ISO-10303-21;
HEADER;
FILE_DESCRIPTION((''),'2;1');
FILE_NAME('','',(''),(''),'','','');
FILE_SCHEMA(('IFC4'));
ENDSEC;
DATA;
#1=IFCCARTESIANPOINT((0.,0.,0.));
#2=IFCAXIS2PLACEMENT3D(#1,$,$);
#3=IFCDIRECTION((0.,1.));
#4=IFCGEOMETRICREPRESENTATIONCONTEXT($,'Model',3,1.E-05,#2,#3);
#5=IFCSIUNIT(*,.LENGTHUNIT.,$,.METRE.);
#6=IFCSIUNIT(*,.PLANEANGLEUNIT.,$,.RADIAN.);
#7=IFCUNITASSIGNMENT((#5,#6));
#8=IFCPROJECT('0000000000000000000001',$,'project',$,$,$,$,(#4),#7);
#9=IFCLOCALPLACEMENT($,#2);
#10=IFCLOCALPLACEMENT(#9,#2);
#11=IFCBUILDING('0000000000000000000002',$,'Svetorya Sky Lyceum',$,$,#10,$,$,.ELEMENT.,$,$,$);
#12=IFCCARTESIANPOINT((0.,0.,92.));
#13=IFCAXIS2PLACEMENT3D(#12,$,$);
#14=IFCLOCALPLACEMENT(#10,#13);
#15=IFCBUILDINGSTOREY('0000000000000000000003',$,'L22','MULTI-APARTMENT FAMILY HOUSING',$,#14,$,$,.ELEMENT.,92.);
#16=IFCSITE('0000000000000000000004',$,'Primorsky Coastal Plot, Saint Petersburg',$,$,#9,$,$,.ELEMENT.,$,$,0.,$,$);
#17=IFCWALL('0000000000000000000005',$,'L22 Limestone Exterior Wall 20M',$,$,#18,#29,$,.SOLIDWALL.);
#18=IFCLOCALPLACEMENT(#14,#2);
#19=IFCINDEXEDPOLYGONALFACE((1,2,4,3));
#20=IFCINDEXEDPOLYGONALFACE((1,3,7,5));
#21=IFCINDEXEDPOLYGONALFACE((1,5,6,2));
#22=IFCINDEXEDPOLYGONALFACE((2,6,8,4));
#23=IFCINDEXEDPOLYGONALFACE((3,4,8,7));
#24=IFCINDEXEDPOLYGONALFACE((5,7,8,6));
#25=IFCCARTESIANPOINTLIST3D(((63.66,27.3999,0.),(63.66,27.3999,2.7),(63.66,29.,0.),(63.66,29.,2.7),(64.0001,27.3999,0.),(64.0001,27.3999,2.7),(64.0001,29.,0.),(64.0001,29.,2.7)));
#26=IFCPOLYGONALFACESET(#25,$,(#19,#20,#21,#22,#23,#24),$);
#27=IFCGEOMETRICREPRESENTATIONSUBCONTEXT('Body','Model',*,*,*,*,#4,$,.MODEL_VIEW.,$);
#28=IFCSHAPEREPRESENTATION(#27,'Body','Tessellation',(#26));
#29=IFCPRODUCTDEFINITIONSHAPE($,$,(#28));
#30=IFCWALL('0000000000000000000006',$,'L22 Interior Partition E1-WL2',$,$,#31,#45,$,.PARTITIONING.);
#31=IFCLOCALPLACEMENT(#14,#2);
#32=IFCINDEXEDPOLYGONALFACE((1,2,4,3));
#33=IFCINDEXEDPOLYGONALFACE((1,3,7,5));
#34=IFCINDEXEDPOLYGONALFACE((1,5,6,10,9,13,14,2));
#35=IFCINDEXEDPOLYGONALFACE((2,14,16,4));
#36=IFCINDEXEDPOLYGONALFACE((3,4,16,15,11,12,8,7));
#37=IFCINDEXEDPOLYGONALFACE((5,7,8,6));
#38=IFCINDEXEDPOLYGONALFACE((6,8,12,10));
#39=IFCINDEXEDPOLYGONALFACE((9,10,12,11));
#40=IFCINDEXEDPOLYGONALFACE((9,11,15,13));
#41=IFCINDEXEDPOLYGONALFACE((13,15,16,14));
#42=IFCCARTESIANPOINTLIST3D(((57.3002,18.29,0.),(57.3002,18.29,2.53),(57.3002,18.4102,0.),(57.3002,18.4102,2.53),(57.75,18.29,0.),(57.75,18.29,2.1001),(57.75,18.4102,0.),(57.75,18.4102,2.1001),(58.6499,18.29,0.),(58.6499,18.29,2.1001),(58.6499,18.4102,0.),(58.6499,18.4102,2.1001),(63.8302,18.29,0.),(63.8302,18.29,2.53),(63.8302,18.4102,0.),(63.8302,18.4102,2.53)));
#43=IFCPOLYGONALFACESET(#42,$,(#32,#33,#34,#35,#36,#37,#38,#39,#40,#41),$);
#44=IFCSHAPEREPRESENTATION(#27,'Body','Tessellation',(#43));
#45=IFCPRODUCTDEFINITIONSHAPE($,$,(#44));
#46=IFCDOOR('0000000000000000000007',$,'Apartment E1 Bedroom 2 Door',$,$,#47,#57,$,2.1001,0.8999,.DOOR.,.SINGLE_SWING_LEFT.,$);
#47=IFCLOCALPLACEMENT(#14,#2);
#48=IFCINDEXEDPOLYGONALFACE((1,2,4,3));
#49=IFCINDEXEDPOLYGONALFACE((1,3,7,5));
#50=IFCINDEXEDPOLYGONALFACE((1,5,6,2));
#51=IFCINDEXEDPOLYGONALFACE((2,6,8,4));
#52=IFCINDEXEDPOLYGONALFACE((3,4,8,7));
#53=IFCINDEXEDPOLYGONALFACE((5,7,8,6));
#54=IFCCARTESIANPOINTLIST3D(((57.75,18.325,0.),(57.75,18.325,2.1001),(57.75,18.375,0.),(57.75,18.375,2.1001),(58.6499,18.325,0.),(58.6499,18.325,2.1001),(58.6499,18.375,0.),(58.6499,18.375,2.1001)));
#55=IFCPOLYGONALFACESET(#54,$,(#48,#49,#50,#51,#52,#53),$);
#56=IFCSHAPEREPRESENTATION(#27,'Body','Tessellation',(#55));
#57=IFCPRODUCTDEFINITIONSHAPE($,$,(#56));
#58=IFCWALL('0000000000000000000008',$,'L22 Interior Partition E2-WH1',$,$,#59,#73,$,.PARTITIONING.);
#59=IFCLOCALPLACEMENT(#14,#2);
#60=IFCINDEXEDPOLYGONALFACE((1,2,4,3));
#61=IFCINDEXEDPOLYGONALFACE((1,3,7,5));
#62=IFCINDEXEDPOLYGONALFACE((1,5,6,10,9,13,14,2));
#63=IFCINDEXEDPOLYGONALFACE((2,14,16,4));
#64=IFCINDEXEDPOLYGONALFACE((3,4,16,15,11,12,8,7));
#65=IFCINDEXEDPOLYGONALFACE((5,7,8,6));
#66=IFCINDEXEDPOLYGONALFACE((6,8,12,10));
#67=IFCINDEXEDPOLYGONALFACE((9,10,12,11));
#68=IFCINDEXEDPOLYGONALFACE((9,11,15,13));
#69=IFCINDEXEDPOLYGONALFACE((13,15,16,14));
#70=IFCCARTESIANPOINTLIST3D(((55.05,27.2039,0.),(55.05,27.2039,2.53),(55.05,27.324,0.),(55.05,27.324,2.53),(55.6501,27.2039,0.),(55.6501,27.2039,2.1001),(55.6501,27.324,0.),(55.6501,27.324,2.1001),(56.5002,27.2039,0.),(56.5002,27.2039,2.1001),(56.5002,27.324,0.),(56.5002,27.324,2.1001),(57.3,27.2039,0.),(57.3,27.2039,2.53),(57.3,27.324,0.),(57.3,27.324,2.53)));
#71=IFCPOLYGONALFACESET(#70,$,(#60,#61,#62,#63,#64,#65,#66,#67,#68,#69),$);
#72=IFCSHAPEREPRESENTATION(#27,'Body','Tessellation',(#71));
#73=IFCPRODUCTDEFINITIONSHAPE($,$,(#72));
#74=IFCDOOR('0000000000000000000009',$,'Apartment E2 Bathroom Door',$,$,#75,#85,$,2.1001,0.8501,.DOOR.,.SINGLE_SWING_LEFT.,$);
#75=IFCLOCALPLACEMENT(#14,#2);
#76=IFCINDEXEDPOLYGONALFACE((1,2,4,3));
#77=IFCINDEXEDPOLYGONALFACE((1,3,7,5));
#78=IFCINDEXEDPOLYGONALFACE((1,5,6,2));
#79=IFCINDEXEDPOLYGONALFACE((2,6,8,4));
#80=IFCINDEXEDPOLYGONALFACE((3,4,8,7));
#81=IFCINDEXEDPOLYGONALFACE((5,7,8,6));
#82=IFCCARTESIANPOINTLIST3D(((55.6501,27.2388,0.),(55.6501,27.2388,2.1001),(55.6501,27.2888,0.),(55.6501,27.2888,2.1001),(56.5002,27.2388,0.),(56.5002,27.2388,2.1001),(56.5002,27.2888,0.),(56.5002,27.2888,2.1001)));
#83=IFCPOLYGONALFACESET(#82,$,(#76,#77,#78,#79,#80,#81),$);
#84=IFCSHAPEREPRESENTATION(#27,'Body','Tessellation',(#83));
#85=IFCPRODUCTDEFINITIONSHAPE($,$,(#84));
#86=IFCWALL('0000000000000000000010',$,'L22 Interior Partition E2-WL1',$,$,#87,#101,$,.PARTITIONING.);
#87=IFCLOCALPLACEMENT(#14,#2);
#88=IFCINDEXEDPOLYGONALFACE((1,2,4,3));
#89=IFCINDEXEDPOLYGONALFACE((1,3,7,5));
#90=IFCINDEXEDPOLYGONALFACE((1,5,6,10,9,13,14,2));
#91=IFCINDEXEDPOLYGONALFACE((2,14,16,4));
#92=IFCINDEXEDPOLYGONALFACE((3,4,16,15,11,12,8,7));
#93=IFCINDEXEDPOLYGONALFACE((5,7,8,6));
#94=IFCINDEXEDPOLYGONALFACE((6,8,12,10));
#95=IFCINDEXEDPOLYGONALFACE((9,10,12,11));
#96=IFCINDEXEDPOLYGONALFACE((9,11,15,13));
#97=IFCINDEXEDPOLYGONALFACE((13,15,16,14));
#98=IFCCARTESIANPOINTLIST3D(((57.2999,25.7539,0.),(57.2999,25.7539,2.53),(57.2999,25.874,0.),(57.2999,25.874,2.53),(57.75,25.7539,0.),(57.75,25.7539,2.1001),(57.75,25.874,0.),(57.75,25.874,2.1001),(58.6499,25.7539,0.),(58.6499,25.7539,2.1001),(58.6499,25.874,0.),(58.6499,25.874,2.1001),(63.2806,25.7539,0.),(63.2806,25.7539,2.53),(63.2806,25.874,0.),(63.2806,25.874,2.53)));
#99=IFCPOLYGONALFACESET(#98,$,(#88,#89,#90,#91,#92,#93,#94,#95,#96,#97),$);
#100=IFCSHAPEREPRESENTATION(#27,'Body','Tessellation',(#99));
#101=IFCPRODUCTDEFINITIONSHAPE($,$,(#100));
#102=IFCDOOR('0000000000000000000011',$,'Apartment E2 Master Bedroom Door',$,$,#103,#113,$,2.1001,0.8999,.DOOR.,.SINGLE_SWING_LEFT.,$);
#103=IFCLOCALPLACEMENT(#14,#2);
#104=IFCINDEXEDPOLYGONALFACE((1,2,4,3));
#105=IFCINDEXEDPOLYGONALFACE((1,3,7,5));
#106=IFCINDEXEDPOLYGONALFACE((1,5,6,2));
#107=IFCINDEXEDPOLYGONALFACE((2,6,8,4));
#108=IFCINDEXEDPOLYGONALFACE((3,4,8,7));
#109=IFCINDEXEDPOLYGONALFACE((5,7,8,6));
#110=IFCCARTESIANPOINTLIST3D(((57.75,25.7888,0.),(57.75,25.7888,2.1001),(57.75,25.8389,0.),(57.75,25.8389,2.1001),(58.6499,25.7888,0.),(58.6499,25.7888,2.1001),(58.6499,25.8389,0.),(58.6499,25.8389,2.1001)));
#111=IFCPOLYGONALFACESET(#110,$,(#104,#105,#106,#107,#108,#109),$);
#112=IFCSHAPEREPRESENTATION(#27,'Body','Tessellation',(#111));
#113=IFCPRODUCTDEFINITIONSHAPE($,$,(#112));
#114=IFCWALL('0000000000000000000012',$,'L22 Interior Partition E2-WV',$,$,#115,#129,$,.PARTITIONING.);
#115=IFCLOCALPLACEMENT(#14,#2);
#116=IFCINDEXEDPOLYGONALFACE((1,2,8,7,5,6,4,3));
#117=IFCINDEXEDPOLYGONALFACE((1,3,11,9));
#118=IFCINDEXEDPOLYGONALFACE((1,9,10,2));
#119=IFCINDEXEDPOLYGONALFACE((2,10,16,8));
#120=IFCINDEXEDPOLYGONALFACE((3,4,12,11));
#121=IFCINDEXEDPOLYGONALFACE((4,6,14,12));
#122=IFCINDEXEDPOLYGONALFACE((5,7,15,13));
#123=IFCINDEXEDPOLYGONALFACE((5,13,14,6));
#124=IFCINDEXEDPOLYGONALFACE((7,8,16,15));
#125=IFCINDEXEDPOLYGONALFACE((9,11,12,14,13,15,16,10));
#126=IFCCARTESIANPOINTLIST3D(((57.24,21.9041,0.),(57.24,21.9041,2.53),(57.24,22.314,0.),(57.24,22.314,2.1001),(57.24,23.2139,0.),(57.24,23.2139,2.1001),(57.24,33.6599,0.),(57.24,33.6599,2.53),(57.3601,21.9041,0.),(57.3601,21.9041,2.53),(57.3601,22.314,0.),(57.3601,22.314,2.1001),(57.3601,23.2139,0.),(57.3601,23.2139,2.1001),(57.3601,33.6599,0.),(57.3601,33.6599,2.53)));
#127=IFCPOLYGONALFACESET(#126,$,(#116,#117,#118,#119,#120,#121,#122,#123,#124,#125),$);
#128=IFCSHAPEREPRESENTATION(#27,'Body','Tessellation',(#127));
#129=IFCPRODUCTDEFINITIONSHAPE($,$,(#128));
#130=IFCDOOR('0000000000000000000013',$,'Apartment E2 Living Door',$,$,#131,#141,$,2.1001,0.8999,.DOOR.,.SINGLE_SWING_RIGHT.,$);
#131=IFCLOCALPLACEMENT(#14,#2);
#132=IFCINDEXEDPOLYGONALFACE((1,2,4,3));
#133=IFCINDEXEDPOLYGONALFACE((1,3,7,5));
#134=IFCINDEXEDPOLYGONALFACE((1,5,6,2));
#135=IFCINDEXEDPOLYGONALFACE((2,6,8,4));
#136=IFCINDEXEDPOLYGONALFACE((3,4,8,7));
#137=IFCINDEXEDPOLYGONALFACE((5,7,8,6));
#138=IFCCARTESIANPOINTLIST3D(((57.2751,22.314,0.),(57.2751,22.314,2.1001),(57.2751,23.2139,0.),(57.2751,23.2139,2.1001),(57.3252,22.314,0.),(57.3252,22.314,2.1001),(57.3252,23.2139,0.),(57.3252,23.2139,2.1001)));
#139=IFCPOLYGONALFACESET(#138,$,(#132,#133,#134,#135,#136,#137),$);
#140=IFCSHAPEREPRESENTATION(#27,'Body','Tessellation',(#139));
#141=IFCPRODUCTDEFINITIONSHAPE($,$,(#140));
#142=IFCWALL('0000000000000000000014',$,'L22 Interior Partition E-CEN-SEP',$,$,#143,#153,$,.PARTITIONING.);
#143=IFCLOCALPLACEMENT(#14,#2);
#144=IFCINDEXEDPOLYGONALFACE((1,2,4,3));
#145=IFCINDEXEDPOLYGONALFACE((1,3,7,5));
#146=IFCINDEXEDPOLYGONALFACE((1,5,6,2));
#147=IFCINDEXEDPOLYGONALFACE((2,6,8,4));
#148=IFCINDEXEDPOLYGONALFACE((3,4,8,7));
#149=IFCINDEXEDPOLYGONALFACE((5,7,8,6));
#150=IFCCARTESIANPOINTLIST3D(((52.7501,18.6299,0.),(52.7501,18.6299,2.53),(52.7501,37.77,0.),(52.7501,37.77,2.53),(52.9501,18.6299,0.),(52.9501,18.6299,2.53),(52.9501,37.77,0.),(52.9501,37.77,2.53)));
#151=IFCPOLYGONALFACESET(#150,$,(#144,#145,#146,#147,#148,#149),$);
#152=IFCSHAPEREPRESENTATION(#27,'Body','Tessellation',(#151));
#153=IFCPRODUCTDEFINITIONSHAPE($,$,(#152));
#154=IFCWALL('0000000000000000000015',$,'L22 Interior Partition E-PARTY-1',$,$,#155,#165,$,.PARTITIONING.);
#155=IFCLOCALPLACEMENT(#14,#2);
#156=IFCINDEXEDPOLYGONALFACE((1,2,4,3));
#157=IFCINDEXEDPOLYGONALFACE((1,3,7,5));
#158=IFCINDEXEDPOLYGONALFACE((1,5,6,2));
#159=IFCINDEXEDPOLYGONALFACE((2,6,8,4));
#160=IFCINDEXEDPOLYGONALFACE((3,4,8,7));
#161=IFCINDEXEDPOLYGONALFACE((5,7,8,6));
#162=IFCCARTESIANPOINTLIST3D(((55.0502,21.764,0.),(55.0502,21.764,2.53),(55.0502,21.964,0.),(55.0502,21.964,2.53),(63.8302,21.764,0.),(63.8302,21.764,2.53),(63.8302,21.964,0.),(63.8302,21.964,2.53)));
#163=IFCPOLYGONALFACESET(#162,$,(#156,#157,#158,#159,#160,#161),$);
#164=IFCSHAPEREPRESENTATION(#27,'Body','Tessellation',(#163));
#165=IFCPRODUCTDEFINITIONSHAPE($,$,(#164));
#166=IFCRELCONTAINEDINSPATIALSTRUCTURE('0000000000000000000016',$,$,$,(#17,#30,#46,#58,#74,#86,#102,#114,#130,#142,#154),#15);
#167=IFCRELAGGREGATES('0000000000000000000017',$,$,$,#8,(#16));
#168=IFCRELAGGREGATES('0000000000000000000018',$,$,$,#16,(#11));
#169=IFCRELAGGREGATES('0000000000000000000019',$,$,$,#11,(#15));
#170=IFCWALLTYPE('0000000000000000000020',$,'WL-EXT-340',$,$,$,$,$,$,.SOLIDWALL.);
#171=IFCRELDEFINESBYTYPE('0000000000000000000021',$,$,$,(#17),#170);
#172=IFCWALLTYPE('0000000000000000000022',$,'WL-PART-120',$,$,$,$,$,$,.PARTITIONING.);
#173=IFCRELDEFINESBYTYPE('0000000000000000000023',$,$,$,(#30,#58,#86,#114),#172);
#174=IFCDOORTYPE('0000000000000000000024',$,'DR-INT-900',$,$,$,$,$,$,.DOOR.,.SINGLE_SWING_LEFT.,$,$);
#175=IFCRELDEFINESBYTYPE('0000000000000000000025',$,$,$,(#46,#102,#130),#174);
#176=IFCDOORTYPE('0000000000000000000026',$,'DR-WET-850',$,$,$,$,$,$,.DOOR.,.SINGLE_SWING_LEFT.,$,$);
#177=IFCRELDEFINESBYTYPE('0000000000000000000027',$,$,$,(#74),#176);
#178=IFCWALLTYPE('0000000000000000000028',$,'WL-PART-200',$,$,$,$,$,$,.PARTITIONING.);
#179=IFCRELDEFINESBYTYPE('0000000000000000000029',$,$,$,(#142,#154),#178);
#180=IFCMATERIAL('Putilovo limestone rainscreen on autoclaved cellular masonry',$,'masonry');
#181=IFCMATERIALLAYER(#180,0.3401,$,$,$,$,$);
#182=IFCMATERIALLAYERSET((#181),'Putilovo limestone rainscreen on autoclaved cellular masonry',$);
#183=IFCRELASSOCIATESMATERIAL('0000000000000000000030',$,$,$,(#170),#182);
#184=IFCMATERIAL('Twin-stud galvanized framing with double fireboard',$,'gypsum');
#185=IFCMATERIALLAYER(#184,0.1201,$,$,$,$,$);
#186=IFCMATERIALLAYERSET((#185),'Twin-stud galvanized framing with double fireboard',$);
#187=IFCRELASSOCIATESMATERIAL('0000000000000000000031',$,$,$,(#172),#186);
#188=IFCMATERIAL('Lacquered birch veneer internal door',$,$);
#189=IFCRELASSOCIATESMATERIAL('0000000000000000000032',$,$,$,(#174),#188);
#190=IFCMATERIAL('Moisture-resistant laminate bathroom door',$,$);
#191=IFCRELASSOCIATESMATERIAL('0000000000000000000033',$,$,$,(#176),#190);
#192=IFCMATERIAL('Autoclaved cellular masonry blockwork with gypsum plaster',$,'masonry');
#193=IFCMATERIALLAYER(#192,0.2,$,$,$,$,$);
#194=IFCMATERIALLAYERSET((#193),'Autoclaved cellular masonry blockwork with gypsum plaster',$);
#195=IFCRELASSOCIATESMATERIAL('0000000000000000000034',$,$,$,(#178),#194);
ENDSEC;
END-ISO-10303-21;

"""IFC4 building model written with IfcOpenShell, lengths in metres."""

from ifc_helpers import new_model, si_unit, direction, frame, frame_2d, origin, place, context, subcontext, project, spatial, rectangle, extrude, material, layer, layer_set, type_object, element, fill, save


model = new_model("IFC4")

# Units and contexts
model_context = context("Model", 3, precision=1e-05, world=origin(), true_north=direction((0.0, 1.0)))
body_context = subcontext(model_context, "Body", "Model", "MODEL_VIEW")
ifc_project = project(units=[si_unit("LENGTHUNIT", "METRE"), si_unit("PLANEANGLEUNIT", "RADIAN")], contexts=[model_context])

# Site, building, storey
site_placement = place(None, origin())
site = spatial("IfcSite", under=ifc_project, at=site_placement, Name="Primorsky Coastal Plot, Saint Petersburg", CompositionType="ELEMENT", RefElevation=0.0)
building_placement = place(site_placement, origin())
building = spatial("IfcBuilding", under=site, at=building_placement, Name="Svetorya Sky Lyceum", CompositionType="ELEMENT")
storey_placement = place(building_placement, frame((0.0, 0.0, 92.0)))
storey = spatial("IfcBuildingStorey", under=building, at=storey_placement, Name="L22", Description="MULTI-APARTMENT FAMILY HOUSING", CompositionType="ELEMENT", Elevation=92.0)

# Shared definitions
ifc_material_1 = material(Name="Putilovo limestone rainscreen on autoclaved cellular masonry", Category="masonry")
ifc_layer_1 = layer(ifc_material_1, 0.3401)
ifc_layer_set_1 = layer_set([ifc_layer_1], Name="Putilovo limestone rainscreen on autoclaved cellular masonry")
wall_type_1 = type_object("IfcWallType", Name="WL-EXT-340", PredefinedType="SOLIDWALL", material=ifc_layer_set_1)

# Wall
wall_1_placement = place(storey_placement, frame((63.8301, 27.3999, 0.0), z_axis=(0.0, 0.0, 1.0), x_axis=(0.0, 1.0, 0.0)))
element("IfcWall", 1, at=wall_1_placement, inside=storey, type_object=wall_type_1, Name="L22 Limestone Exterior Wall 20M", PredefinedType="SOLIDWALL", context=body_context, shape_type="SweptSolid", body=[
    extrude(rectangle(XDim=1.6001, YDim=0.3401, at=frame_2d((0.8, 0.0))), origin(), (0.0, 0.0, 1.0), 2.7),
])

# Walls, openings, doors
ifc_material_2 = material(Name="Twin-stud galvanized framing with double fireboard", Category="gypsum")
ifc_layer_2 = layer(ifc_material_2, 0.1201)
ifc_layer_set_2 = layer_set([ifc_layer_2], Name="Twin-stud galvanized framing with double fireboard")
wall_type_2 = type_object("IfcWallType", Name="WL-PART-120", PredefinedType="PARTITIONING", material=ifc_layer_set_2)
wall_2_placement = place(storey_placement, frame((57.3, 18.3501, 0.0), z_axis=(0.0, 0.0, 1.0), x_axis=(1.0, 0.0, 0.0)))
wall_2 = element("IfcWall", 2, at=wall_2_placement, inside=storey, type_object=wall_type_2, Name="L22 Interior Partition E1-WL2", PredefinedType="PARTITIONING", context=body_context, shape_type="SweptSolid", body=[
    extrude(rectangle(XDim=6.53, YDim=0.1201, at=frame_2d((3.2651, 0.0))), origin(), (0.0, 0.0, 1.0), 2.53),
])
opening_1_placement = place(wall_2_placement, frame((0.45, 0.0, 0.0)))
opening_1 = element("IfcOpeningElement", 3, at=opening_1_placement, cuts=wall_2, PredefinedType="OPENING", context=body_context, shape_type="SweptSolid", body=[
    extrude(rectangle(XDim=0.8999, YDim=2.1001, at=frame_2d((0.45, 1.05))), frame((0.0, 0.0701, 0.0), z_axis=(0.0, -1.0, 0.0), x_axis=(1.0, 0.0, 0.0)), (0.0, 0.0, 1.0), 0.1401),
])
ifc_material_3 = material(Name="Lacquered birch veneer internal door")
door_type_1 = type_object("IfcDoorType", Name="DR-INT-900", OperationType="SINGLE_SWING_LEFT", PredefinedType="DOOR", material=ifc_material_3)
door_1_placement = place(opening_1_placement, origin())
door_1 = element("IfcDoor", 4, at=door_1_placement, inside=storey, type_object=door_type_1, Name="Apartment E1 Bedroom 2 Door", OperationType="SINGLE_SWING_LEFT", OverallHeight=2.1001, OverallWidth=0.8999, PredefinedType="DOOR", context=body_context, shape_type="SweptSolid", body=[
    extrude(rectangle(XDim=0.8999, YDim=2.1001, at=frame_2d((0.45, 1.05))), frame((0.0, 0.0249, 0.0), z_axis=(0.0, -1.0, 0.0), x_axis=(1.0, 0.0, 0.0)), (0.0, 0.0, 1.0), 0.05),
])
fill(opening_1, door_1)
wall_3_placement = place(storey_placement, frame((55.05, 27.2639, 0.0), z_axis=(0.0, 0.0, 1.0), x_axis=(1.0, 0.0, 0.0)))
wall_3 = element("IfcWall", 5, at=wall_3_placement, inside=storey, type_object=wall_type_2, Name="L22 Interior Partition E2-WH1", PredefinedType="PARTITIONING", context=body_context, shape_type="SweptSolid", body=[
    extrude(rectangle(XDim=2.25, YDim=0.1201, at=frame_2d((1.125, 0.0))), origin(), (0.0, 0.0, 1.0), 2.53),
])
opening_2_placement = place(wall_3_placement, frame((0.6001, 0.0, 0.0)))
opening_2 = element("IfcOpeningElement", 6, at=opening_2_placement, cuts=wall_3, PredefinedType="OPENING", context=body_context, shape_type="SweptSolid", body=[
    extrude(rectangle(XDim=0.8501, YDim=2.1001, at=frame_2d((0.425, 1.05))), frame((0.0, 0.0701, 0.0), z_axis=(0.0, -1.0, 0.0), x_axis=(1.0, 0.0, 0.0)), (0.0, 0.0, 1.0), 0.1401),
])
ifc_material_4 = material(Name="Moisture-resistant laminate bathroom door")
door_type_2 = type_object("IfcDoorType", Name="DR-WET-850", OperationType="SINGLE_SWING_LEFT", PredefinedType="DOOR", material=ifc_material_4)
door_2_placement = place(opening_2_placement, origin())
door_2 = element("IfcDoor", 7, at=door_2_placement, inside=storey, type_object=door_type_2, Name="Apartment E2 Bathroom Door", OperationType="SINGLE_SWING_LEFT", OverallHeight=2.1001, OverallWidth=0.8501, PredefinedType="DOOR", context=body_context, shape_type="SweptSolid", body=[
    extrude(rectangle(XDim=0.8501, YDim=2.1001, at=frame_2d((0.425, 1.05))), frame((0.0, 0.0249, 0.0), z_axis=(0.0, -1.0, 0.0), x_axis=(1.0, 0.0, 0.0)), (0.0, 0.0, 1.0), 0.05),
])
fill(opening_2, door_2)
wall_4_placement = place(storey_placement, frame((57.3, 25.814, 0.0), z_axis=(0.0, 0.0, 1.0), x_axis=(1.0, 0.0, 0.0)))
wall_4 = element("IfcWall", 8, at=wall_4_placement, inside=storey, type_object=wall_type_2, Name="L22 Interior Partition E2-WL1", PredefinedType="PARTITIONING", context=body_context, shape_type="SweptSolid", body=[
    extrude(rectangle(XDim=5.9807, YDim=0.1201, at=frame_2d((2.9902, 0.0))), origin(), (0.0, 0.0, 1.0), 2.53),
])
opening_3_placement = place(wall_4_placement, frame((0.45, 0.0, 0.0)))
opening_3 = element("IfcOpeningElement", 9, at=opening_3_placement, cuts=wall_4, PredefinedType="OPENING", context=body_context, shape_type="SweptSolid", body=[
    extrude(rectangle(XDim=0.8999, YDim=2.1001, at=frame_2d((0.45, 1.05))), frame((0.0, 0.0701, 0.0), z_axis=(0.0, -1.0, 0.0), x_axis=(1.0, 0.0, 0.0)), (0.0, 0.0, 1.0), 0.1401),
])
door_3_placement = place(opening_3_placement, origin())
door_3 = element("IfcDoor", 10, at=door_3_placement, inside=storey, type_object=door_type_1, Name="Apartment E2 Master Bedroom Door", OperationType="SINGLE_SWING_LEFT", OverallHeight=2.1001, OverallWidth=0.8999, PredefinedType="DOOR", context=body_context, shape_type="SweptSolid", body=[
    extrude(rectangle(XDim=0.8999, YDim=2.1001, at=frame_2d((0.45, 1.05))), frame((0.0, 0.0249, 0.0), z_axis=(0.0, -1.0, 0.0), x_axis=(1.0, 0.0, 0.0)), (0.0, 0.0, 1.0), 0.05),
])
fill(opening_3, door_3)
wall_5_placement = place(storey_placement, frame((57.3, 21.9041, 0.0), z_axis=(0.0, 0.0, 1.0), x_axis=(0.0, 1.0, 0.0)))
wall_5 = element("IfcWall", 11, at=wall_5_placement, inside=storey, type_object=wall_type_2, Name="L22 Interior Partition E2-WV", PredefinedType="PARTITIONING", context=body_context, shape_type="SweptSolid", body=[
    extrude(rectangle(XDim=11.7559, YDim=0.1201, at=frame_2d((5.8779, 0.0))), origin(), (0.0, 0.0, 1.0), 2.53),
])
opening_4_placement = place(wall_5_placement, frame((0.4099, 0.0, 0.0)))
opening_4 = element("IfcOpeningElement", 12, at=opening_4_placement, cuts=wall_5, PredefinedType="OPENING", context=body_context, shape_type="SweptSolid", body=[
    extrude(rectangle(XDim=0.8999, YDim=2.1001, at=frame_2d((0.45, 1.05))), frame((0.0, 0.0701, 0.0), z_axis=(0.0, -1.0, 0.0), x_axis=(1.0, 0.0, 0.0)), (0.0, 0.0, 1.0), 0.1401),
])
door_4_placement = place(opening_4_placement, origin())
door_4 = element("IfcDoor", 13, at=door_4_placement, inside=storey, type_object=door_type_1, Name="Apartment E2 Living Door", OperationType="SINGLE_SWING_RIGHT", OverallHeight=2.1001, OverallWidth=0.8999, PredefinedType="DOOR", context=body_context, shape_type="SweptSolid", body=[
    extrude(rectangle(XDim=0.8999, YDim=2.1001, at=frame_2d((0.45, 1.05))), frame((0.0, 0.0249, 0.0), z_axis=(0.0, -1.0, 0.0), x_axis=(1.0, 0.0, 0.0)), (0.0, 0.0, 1.0), 0.05),
])
fill(opening_4, door_4)

# Walls
ifc_material_5 = material(Name="Autoclaved cellular masonry blockwork with gypsum plaster", Category="masonry")
ifc_layer_3 = layer(ifc_material_5, 0.2)
ifc_layer_set_3 = layer_set([ifc_layer_3], Name="Autoclaved cellular masonry blockwork with gypsum plaster")
wall_type_3 = type_object("IfcWallType", Name="WL-PART-200", PredefinedType="PARTITIONING", material=ifc_layer_set_3)
wall_6_placement = place(storey_placement, frame((52.8501, 18.6299, 0.0), z_axis=(0.0, 0.0, 1.0), x_axis=(0.0, 1.0, 0.0)))
element("IfcWall", 14, at=wall_6_placement, inside=storey, type_object=wall_type_3, Name="L22 Interior Partition E-CEN-SEP", PredefinedType="PARTITIONING", context=body_context, shape_type="SweptSolid", body=[
    extrude(rectangle(XDim=19.1401, YDim=0.2, at=frame_2d((9.5701, 0.0))), origin(), (0.0, 0.0, 1.0), 2.53),
])
wall_7_placement = place(storey_placement, frame((55.05, 21.864, 0.0), z_axis=(0.0, 0.0, 1.0), x_axis=(1.0, 0.0, 0.0)))
element("IfcWall", 15, at=wall_7_placement, inside=storey, type_object=wall_type_3, Name="L22 Interior Partition E-PARTY-1", PredefinedType="PARTITIONING", context=body_context, shape_type="SweptSolid", body=[
    extrude(rectangle(XDim=8.78, YDim=0.2, at=frame_2d((4.3901, 0.0))), origin(), (0.0, 0.0, 1.0), 2.53),
])

save(model, "model.ifc")
